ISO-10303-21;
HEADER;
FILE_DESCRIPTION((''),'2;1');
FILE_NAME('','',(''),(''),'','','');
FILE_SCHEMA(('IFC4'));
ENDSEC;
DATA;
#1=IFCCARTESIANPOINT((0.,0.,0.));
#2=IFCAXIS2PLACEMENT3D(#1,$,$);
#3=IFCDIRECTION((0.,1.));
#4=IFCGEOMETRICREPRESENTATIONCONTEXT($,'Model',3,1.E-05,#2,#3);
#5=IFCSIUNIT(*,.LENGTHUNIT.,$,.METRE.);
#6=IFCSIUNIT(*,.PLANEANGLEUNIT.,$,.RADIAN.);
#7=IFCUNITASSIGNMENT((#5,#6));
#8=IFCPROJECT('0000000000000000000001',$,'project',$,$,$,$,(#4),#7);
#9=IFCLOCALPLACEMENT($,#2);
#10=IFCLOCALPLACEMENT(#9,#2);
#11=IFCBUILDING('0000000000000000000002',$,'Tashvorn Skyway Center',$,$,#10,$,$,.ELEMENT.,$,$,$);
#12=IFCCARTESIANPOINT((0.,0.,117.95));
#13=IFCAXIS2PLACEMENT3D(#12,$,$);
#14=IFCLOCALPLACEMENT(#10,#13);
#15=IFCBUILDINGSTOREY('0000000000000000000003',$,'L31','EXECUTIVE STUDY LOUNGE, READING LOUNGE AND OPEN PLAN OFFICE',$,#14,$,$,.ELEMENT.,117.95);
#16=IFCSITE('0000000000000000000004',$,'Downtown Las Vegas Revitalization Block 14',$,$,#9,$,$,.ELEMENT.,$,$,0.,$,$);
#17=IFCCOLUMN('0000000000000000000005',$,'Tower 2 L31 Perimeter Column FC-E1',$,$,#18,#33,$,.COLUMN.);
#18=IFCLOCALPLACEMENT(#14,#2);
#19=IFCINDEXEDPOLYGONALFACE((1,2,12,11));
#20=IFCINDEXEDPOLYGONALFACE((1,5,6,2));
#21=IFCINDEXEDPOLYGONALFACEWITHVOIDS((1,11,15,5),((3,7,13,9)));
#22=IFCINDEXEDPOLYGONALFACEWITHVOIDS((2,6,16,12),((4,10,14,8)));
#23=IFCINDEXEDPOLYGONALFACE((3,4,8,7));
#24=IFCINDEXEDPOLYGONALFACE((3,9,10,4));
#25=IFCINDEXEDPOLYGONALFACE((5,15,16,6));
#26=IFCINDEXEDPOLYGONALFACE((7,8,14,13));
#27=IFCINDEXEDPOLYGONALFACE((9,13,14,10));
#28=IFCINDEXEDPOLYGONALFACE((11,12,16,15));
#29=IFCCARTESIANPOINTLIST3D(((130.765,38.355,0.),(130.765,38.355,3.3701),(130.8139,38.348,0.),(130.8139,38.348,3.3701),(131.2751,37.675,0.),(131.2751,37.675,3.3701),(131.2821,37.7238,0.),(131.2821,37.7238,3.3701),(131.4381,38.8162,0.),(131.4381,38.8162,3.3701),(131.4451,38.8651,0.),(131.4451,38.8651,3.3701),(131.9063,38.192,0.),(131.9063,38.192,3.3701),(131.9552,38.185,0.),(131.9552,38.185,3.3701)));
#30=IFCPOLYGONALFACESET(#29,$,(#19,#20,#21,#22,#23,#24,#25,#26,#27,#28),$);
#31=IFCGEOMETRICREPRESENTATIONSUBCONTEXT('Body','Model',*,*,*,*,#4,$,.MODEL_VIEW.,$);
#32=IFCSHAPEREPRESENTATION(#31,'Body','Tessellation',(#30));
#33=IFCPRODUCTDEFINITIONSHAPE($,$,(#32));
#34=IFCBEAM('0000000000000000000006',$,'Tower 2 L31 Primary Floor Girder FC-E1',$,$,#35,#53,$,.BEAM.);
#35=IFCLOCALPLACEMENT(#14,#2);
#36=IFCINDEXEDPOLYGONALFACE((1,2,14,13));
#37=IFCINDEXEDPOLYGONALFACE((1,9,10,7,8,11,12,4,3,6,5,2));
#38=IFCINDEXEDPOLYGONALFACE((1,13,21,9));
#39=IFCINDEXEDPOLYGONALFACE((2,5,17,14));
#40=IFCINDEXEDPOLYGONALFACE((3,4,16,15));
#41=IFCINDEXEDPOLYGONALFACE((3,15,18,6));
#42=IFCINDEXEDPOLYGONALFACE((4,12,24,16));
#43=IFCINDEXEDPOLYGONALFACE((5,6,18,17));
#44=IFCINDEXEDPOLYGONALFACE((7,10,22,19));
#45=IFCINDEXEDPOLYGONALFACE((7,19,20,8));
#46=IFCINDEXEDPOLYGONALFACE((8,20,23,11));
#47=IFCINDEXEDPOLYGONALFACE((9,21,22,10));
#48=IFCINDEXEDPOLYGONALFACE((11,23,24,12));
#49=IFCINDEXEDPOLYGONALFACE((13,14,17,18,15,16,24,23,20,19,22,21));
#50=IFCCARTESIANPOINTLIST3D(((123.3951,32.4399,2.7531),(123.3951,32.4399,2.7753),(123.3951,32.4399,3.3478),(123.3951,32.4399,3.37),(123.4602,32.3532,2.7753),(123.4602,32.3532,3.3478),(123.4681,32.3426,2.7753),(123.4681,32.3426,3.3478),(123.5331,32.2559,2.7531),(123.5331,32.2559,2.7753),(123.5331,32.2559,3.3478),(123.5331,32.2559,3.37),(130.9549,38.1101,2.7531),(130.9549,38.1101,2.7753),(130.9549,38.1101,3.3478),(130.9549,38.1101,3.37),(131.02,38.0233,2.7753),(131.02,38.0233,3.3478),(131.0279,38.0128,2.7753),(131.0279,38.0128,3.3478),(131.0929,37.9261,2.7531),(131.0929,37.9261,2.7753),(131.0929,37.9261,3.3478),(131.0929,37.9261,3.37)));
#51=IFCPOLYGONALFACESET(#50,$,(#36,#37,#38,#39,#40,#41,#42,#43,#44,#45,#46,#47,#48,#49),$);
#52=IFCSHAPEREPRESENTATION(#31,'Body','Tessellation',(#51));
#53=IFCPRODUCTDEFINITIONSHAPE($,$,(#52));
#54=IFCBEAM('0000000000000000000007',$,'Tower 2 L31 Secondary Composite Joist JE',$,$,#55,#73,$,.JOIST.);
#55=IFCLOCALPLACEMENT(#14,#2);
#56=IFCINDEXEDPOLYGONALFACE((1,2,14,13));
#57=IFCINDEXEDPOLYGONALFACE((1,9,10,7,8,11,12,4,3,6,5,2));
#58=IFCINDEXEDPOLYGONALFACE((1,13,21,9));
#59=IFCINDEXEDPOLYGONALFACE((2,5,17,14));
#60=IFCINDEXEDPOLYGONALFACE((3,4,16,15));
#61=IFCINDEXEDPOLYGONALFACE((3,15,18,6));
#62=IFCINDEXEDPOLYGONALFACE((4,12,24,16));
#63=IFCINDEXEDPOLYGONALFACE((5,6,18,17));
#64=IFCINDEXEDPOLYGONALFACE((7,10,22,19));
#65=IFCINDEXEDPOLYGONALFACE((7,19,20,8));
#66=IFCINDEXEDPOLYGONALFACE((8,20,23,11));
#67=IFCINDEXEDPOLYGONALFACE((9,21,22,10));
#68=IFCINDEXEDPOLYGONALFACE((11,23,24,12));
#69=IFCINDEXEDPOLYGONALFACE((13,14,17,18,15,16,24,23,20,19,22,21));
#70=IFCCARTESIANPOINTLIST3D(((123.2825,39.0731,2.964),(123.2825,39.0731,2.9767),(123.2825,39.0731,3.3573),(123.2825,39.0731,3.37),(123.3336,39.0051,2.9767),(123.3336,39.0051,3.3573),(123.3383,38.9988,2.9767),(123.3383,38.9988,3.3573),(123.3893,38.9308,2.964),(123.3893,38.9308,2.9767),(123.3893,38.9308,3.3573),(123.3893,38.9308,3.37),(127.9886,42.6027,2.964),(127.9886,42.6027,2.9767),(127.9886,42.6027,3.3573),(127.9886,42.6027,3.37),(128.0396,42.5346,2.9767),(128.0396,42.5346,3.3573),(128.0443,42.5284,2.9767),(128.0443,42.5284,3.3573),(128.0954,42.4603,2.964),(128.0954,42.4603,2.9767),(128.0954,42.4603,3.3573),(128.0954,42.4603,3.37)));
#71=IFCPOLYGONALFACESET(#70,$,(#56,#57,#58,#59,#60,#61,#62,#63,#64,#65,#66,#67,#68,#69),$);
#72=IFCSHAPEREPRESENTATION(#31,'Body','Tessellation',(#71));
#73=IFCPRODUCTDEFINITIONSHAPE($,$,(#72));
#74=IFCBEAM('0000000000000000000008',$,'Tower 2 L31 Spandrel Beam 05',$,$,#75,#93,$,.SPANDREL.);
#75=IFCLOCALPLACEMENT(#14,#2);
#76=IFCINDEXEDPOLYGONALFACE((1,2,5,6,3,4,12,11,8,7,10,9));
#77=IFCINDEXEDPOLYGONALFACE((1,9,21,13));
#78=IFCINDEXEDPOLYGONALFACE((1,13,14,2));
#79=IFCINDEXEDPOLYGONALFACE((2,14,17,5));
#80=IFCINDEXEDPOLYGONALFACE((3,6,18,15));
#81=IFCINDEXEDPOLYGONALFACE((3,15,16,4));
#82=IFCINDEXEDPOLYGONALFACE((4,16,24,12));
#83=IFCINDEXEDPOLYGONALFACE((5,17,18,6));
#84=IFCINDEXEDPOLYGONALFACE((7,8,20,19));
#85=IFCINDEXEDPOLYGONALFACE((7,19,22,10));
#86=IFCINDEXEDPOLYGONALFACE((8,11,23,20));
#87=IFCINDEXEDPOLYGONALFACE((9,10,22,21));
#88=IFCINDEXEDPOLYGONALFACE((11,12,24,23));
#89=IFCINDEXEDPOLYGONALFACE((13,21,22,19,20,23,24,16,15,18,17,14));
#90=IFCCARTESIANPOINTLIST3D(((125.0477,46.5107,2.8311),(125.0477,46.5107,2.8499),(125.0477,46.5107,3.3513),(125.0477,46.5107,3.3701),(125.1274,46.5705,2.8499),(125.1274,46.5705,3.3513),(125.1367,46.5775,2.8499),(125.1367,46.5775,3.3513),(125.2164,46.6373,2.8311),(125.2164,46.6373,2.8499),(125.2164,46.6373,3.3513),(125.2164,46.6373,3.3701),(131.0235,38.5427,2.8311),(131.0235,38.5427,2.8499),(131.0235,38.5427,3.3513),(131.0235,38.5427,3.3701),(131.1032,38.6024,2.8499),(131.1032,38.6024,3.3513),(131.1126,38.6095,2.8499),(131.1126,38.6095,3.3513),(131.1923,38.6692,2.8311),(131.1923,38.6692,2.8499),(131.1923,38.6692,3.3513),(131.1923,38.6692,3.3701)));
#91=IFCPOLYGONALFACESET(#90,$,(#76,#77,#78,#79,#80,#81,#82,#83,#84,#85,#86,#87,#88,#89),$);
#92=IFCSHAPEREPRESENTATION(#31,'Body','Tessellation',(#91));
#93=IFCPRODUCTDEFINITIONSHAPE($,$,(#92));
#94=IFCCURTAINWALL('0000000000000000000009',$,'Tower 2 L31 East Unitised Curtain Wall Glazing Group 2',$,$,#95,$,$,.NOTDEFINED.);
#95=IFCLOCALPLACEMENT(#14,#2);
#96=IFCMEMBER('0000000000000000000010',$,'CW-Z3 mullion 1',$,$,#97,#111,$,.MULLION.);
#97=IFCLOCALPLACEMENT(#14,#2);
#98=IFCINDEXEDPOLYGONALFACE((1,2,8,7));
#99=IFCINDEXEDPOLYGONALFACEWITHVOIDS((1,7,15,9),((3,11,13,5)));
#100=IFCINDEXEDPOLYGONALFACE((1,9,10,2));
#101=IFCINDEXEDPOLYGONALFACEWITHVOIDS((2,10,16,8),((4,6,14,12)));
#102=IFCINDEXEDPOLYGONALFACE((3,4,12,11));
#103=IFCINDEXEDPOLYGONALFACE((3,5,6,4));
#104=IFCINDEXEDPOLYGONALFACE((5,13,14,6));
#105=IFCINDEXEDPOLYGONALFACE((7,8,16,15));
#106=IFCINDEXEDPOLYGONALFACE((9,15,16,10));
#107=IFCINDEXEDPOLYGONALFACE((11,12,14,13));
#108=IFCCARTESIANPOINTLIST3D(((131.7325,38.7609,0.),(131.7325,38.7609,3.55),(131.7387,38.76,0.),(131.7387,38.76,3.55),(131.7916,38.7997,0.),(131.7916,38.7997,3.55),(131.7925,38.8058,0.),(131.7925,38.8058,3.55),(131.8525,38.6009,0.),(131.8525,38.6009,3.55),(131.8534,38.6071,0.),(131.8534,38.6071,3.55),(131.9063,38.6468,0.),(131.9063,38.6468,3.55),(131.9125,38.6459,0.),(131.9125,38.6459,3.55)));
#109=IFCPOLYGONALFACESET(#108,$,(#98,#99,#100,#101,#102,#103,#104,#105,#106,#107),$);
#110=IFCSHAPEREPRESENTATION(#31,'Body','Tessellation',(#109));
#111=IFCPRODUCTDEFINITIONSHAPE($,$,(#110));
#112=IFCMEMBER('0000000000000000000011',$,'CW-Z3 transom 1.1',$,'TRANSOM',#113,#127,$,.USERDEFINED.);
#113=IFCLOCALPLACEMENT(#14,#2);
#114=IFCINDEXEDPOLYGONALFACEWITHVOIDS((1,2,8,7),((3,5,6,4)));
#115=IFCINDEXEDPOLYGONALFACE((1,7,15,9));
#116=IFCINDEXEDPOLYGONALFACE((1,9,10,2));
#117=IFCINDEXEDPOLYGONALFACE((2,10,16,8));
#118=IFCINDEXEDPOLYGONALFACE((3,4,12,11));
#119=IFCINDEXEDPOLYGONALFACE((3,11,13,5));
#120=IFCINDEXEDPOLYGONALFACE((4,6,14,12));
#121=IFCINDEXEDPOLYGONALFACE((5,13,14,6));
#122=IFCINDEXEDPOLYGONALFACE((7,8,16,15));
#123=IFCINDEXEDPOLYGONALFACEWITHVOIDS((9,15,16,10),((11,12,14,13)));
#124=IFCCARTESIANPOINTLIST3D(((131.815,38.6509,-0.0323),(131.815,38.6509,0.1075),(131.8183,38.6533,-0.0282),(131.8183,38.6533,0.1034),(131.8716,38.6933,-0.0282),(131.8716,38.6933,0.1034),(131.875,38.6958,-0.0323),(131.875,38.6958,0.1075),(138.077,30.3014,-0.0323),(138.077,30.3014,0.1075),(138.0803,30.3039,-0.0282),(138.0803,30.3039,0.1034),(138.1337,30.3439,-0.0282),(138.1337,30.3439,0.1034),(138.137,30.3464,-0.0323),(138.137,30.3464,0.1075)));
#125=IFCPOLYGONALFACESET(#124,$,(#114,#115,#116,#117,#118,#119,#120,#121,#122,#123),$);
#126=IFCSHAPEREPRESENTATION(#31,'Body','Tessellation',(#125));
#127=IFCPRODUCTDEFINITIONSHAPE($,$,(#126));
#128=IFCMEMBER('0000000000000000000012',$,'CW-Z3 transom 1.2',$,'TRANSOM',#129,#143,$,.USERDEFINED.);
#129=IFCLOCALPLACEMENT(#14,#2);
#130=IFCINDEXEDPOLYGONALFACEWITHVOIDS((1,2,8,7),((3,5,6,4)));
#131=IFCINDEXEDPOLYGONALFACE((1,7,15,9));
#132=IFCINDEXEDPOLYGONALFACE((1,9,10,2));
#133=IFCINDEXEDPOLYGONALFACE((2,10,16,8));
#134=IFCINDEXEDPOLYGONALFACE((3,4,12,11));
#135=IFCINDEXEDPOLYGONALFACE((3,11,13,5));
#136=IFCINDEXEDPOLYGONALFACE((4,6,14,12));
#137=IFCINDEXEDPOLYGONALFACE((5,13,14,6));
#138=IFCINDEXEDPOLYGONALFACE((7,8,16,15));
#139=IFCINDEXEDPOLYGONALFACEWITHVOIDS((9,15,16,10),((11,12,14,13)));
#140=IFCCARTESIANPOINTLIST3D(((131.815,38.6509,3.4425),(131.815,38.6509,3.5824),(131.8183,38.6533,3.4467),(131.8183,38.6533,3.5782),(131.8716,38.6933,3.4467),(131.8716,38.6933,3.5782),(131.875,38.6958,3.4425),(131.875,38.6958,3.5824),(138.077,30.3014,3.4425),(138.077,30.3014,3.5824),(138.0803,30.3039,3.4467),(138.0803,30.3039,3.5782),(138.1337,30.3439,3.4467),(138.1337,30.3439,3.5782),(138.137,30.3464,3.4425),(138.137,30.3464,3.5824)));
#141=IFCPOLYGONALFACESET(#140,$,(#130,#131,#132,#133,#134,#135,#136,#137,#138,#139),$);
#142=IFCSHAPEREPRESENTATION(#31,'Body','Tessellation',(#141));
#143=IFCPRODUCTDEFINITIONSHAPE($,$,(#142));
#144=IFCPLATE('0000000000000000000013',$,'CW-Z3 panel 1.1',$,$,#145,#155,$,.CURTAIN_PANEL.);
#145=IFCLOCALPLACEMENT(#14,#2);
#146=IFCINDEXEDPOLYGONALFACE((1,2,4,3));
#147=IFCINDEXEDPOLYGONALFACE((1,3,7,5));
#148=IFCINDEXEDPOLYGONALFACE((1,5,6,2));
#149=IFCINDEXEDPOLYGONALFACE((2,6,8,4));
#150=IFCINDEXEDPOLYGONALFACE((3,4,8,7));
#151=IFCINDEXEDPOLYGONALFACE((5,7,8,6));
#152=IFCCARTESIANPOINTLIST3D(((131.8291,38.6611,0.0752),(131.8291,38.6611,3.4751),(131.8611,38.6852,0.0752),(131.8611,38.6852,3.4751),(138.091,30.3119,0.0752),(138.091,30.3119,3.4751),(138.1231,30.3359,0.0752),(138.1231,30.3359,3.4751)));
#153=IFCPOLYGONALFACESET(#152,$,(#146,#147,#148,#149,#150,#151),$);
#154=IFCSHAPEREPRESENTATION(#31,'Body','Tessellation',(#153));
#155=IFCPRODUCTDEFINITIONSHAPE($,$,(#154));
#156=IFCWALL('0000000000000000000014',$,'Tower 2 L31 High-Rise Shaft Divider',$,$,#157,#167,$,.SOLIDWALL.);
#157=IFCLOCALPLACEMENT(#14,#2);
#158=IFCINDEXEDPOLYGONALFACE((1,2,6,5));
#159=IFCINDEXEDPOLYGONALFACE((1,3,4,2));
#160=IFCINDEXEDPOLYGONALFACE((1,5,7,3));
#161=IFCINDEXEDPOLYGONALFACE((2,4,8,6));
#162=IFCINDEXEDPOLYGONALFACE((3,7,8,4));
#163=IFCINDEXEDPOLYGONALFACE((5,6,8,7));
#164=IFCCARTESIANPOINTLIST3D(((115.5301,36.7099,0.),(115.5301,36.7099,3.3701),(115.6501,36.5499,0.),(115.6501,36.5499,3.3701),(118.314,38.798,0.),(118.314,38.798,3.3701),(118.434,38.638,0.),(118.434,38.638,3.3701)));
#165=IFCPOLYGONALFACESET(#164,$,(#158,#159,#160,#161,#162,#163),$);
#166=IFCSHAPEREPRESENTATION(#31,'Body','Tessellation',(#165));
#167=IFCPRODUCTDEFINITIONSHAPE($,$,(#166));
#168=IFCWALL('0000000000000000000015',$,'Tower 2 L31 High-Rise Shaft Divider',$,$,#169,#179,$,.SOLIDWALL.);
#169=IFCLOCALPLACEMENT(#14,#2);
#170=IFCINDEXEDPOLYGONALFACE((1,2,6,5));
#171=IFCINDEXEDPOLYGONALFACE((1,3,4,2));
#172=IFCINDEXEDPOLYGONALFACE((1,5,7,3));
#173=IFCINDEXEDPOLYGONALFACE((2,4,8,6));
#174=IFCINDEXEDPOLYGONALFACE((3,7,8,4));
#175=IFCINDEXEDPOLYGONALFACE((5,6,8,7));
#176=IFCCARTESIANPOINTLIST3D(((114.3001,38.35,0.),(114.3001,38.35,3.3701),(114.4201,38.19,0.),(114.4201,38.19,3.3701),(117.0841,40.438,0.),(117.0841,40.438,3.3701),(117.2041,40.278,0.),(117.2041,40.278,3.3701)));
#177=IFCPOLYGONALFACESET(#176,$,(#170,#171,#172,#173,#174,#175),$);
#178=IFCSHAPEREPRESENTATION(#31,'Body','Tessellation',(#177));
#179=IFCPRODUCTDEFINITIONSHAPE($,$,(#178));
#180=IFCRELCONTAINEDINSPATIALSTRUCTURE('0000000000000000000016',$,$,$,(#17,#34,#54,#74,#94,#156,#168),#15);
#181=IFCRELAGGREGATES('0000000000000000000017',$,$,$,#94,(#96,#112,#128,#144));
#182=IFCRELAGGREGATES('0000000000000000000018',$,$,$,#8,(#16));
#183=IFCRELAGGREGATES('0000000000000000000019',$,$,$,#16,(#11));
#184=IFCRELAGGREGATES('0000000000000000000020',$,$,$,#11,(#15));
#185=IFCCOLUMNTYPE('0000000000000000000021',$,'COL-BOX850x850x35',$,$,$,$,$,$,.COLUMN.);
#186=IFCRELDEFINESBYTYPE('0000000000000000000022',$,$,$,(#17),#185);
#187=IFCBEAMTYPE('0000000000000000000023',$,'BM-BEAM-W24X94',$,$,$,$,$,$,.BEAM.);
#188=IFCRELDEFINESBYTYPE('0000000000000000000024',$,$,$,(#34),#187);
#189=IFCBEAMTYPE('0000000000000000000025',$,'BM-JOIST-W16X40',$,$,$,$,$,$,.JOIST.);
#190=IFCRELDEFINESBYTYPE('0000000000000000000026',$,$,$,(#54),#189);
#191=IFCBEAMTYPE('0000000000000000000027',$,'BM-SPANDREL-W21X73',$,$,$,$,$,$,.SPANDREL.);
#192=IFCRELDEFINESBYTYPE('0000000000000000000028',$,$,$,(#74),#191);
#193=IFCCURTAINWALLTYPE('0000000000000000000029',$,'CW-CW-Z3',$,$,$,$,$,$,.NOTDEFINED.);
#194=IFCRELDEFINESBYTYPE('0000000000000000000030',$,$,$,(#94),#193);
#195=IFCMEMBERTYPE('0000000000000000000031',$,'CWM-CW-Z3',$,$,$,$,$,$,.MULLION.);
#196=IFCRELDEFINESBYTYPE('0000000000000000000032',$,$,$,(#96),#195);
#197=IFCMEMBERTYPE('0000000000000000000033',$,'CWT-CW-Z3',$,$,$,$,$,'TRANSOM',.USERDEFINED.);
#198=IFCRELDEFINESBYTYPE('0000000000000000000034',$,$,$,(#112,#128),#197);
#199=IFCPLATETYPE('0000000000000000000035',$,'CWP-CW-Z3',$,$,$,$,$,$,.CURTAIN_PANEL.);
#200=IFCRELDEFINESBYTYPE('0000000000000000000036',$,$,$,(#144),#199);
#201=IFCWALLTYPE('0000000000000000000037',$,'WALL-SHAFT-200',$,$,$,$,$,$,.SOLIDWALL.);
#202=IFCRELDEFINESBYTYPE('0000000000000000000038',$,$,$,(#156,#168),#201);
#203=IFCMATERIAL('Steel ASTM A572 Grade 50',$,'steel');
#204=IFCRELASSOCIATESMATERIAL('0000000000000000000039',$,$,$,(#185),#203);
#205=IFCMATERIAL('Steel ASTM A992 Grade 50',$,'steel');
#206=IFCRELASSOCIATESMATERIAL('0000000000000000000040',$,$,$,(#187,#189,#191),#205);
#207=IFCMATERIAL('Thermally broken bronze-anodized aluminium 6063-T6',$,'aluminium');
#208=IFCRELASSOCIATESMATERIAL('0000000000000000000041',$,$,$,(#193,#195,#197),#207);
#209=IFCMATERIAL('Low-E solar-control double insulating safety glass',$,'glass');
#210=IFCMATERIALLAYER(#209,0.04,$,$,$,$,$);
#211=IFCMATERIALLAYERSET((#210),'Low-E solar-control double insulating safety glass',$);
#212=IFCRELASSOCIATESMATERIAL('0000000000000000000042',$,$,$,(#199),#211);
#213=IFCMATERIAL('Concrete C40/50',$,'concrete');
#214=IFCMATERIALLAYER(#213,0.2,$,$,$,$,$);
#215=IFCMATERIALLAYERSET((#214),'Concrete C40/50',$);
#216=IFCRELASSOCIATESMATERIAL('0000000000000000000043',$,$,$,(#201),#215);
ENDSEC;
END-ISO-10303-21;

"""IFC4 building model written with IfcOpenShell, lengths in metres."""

from ifc_helpers import new_model, si_unit, direction, frame, frame_2d, origin, origin_2d, place, context, subcontext, project, spatial, rectangle, hollow_rectangle, i_section, extrude, material, layer, layer_set, material_profile, profile_set, type_object, element, aggregate, save


model = new_model("IFC4")

# Units and contexts
model_context = context("Model", 3, precision=1e-05, world=origin(), true_north=direction((0.0, 1.0)))
body_context = subcontext(model_context, "Body", "Model", "MODEL_VIEW")
ifc_project = project(units=[si_unit("LENGTHUNIT", "METRE"), si_unit("PLANEANGLEUNIT", "RADIAN")], contexts=[model_context])

# Site, building, storey
site_placement = place(None, origin())
site = spatial("IfcSite", under=ifc_project, at=site_placement, Name="Downtown Las Vegas Revitalization Block 14", CompositionType="ELEMENT", RefElevation=0.0)
building_placement = place(site_placement, origin())
building = spatial("IfcBuilding", under=site, at=building_placement, Name="Tashvorn Skyway Center", CompositionType="ELEMENT")
storey_placement = place(building_placement, frame((0.0, 0.0, 117.95)))
storey = spatial("IfcBuildingStorey", under=building, at=storey_placement, Name="L31", Description="EXECUTIVE STUDY LOUNGE, READING LOUNGE AND OPEN PLAN OFFICE", CompositionType="ELEMENT", Elevation=117.95)

# Column
ifc_material_1 = material(Name="Steel ASTM A572 Grade 50", Category="steel")
ifc_material_profile_1 = material_profile(ifc_material_1, hollow_rectangle(XDim=0.8501, YDim=0.8501, WallThickness=0.0349, at=origin_2d()), Name="BOX850x850x35")
ifc_profile_set_1 = profile_set([ifc_material_profile_1], Name="Steel ASTM A572 Grade 50")
column_type = type_object("IfcColumnType", Name="COL-BOX850x850x35", PredefinedType="COLUMN", material=ifc_profile_set_1)
column_placement = place(storey_placement, frame((131.3601, 38.27, 0.0), z_axis=(0.0, 0.0, 1.0), x_axis=(0.8, 0.6, 0.0)))
element("IfcColumn", 1, at=column_placement, inside=storey, type_object=column_type, Name="Tower 2 L31 Perimeter Column FC-E1", PredefinedType="COLUMN", context=body_context, shape_type="SweptSolid", body=[
    extrude(hollow_rectangle(XDim=0.8501, YDim=0.8501, WallThickness=0.0349, at=origin_2d()), origin(), (0.0, 0.0, 1.0), 3.3701),
])

# Beams
ifc_material_2 = material(Name="Steel ASTM A992 Grade 50", Category="steel")
ifc_material_profile_2 = material_profile(ifc_material_2, i_section(OverallWidth=0.23, OverallDepth=0.6169, WebThickness=0.0132, FlangeThickness=0.0222, at=origin_2d()), Name="W24X94")
ifc_profile_set_2 = profile_set([ifc_material_profile_2], Name="Steel ASTM A992 Grade 50")
beam_type_1 = type_object("IfcBeamType", Name="BM-BEAM-W24X94", PredefinedType="BEAM", material=ifc_profile_set_2)
beam_1_placement = place(storey_placement, frame((131.0239, 38.0181, 3.0615), z_axis=(-0.799984, -0.600021, 0.0), x_axis=(0.600021, -0.799984, 0.0)))
element("IfcBeam", 2, at=beam_1_placement, inside=storey, type_object=beam_type_1, Name="Tower 2 L31 Primary Floor Girder FC-E1", PredefinedType="BEAM", context=body_context, shape_type="SweptSolid", body=[
    extrude(i_section(OverallWidth=0.23, OverallDepth=0.6169, WebThickness=0.0132, FlangeThickness=0.0222, at=origin_2d()), origin(), (0.0, 0.0, 1.0), 9.45),
])
ifc_material_profile_3 = material_profile(ifc_material_2, i_section(OverallWidth=0.178, OverallDepth=0.406, WebThickness=0.0078, FlangeThickness=0.0127, at=origin_2d()), Name="W16X40")
ifc_profile_set_3 = profile_set([ifc_material_profile_3], Name="Steel ASTM A992 Grade 50")
beam_type_2 = type_object("IfcBeamType", Name="BM-JOIST-W16X40", PredefinedType="JOIST", material=ifc_profile_set_3)
beam_2_placement = place(storey_placement, frame((123.3359, 39.002, 3.167), z_axis=(0.8, 0.6, 0.0), x_axis=(-0.6, 0.8, 0.0)))
element("IfcBeam", 3, at=beam_2_placement, inside=storey, type_object=beam_type_2, Name="Tower 2 L31 Secondary Composite Joist JE", PredefinedType="JOIST", context=body_context, shape_type="SweptSolid", body=[
    extrude(i_section(OverallWidth=0.178, OverallDepth=0.406, WebThickness=0.0078, FlangeThickness=0.0127, at=origin_2d()), origin(), (0.0, 0.0, 1.0), 5.8826),
])
ifc_material_profile_4 = material_profile(ifc_material_2, i_section(OverallWidth=0.2109, OverallDepth=0.5391, WebThickness=0.0117, FlangeThickness=0.0188, at=origin_2d()), Name="W21X73")
ifc_profile_set_4 = profile_set([ifc_material_profile_4], Name="Steel ASTM A992 Grade 50")
beam_type_3 = type_object("IfcBeamType", Name="BM-SPANDREL-W21X73", PredefinedType="SPANDREL", material=ifc_profile_set_4)
beam_3_placement = place(storey_placement, frame((131.1079, 38.606, 3.1006), z_axis=(-0.599988, 0.800009, 0.0), x_axis=(-0.800009, -0.599988, 0.0)))
element("IfcBeam", 4, at=beam_3_placement, inside=storey, type_object=beam_type_3, Name="Tower 2 L31 Spandrel Beam 05", PredefinedType="SPANDREL", context=body_context, shape_type="SweptSolid", body=[
    extrude(i_section(OverallWidth=0.2109, OverallDepth=0.5391, WebThickness=0.0117, FlangeThickness=0.0188, at=origin_2d()), origin(), (0.0, 0.0, 1.0), 9.96),
])

# Curtain wall, members, plate
ifc_material_3 = material(Name="Thermally broken bronze-anodized aluminium 6063-T6", Category="aluminium")
curtain_wall_type = type_object("IfcCurtainWallType", Name="CW-CW-Z3", PredefinedType="NOTDEFINED", material=ifc_material_3)
curtain_wall_placement = place(storey_placement, origin())
curtain_wall = element("IfcCurtainWall", 5, at=curtain_wall_placement, inside=storey, type_object=curtain_wall_type, Name="Tower 2 L31 East Unitised Curtain Wall Glazing Group 2", PredefinedType="NOTDEFINED")
ifc_material_profile_5 = material_profile(ifc_material_3, hollow_rectangle(XDim=0.075, YDim=0.2, WallThickness=0.0044, at=origin_2d()), Name="ALU-MULL-75x200")
ifc_profile_set_5 = profile_set([ifc_material_profile_5], Name="Thermally broken bronze-anodized aluminium 6063-T6")
member_type_1 = type_object("IfcMemberType", Name="CWM-CW-Z3", PredefinedType="MULLION", material=ifc_profile_set_5)
member_1_placement = place(storey_placement, frame((131.8225, 38.7034, 0.0), z_axis=(0.0, 0.0, 1.0), x_axis=(0.799999, 0.600002, 0.0)))
member_1 = element("IfcMember", 6, at=member_1_placement, type_object=member_type_1, Name="CW-Z3 mullion 1", PredefinedType="MULLION", context=body_context, shape_type="SweptSolid", body=[
    extrude(hollow_rectangle(XDim=0.075, YDim=0.2, WallThickness=0.0044, at=origin_2d()), origin(), (0.0, 0.0, 1.0), 3.55),
])
ifc_material_profile_6 = material_profile(ifc_material_3, hollow_rectangle(XDim=0.075, YDim=0.1399, WallThickness=0.0042, at=origin_2d()), Name="ALU-TRAN-75x140")
ifc_profile_set_6 = profile_set([ifc_material_profile_6], Name="Thermally broken bronze-anodized aluminium 6063-T6")
member_type_2 = type_object("IfcMemberType", Name="CWT-CW-Z3", ElementType="TRANSOM", PredefinedType="USERDEFINED", material=ifc_profile_set_6)
member_2_placement = place(storey_placement, frame((131.845, 38.6733, 0.0376), z_axis=(0.599996, -0.800003, 0.0), x_axis=(0.800003, 0.599996, 0.0)))
member_2 = element("IfcMember", 7, at=member_2_placement, type_object=member_type_2, Name="CW-Z3 transom 1.1", ObjectType="TRANSOM", PredefinedType="USERDEFINED", context=body_context, shape_type="SweptSolid", body=[
    extrude(hollow_rectangle(XDim=0.075, YDim=0.1399, WallThickness=0.0042, at=origin_2d()), origin(), (0.0, 0.0, 1.0), 10.4368),
])
member_3_placement = place(storey_placement, frame((131.845, 38.6733, 3.5125), z_axis=(0.599996, -0.800003, 0.0), x_axis=(0.800003, 0.599996, 0.0)))
member_3 = element("IfcMember", 8, at=member_3_placement, type_object=member_type_2, Name="CW-Z3 transom 1.2", ObjectType="TRANSOM", PredefinedType="USERDEFINED", context=body_context, shape_type="SweptSolid", body=[
    extrude(hollow_rectangle(XDim=0.075, YDim=0.1399, WallThickness=0.0042, at=origin_2d()), origin(), (0.0, 0.0, 1.0), 10.4368),
])
ifc_material_4 = material(Name="Low-E solar-control double insulating safety glass", Category="glass")
ifc_layer_1 = layer(ifc_material_4, 0.04)
ifc_layer_set_1 = layer_set([ifc_layer_1], Name="Low-E solar-control double insulating safety glass")
plate_type = type_object("IfcPlateType", Name="CWP-CW-Z3", PredefinedType="CURTAIN_PANEL", material=ifc_layer_set_1)
plate_placement = place(storey_placement, frame((134.9761, 34.4985, 0.0752), z_axis=(0.0, 0.0, 1.0), x_axis=(0.600002, -0.799999, 0.0)))
plate = element("IfcPlate", 9, at=plate_placement, type_object=plate_type, Name="CW-Z3 panel 1.1", PredefinedType="CURTAIN_PANEL", context=body_context, shape_type="SweptSolid", body=[
    extrude(rectangle(XDim=10.4365, YDim=0.04, at=origin_2d()), origin(), (0.0, 0.0, 1.0), 3.3999),
])
aggregate(curtain_wall, [member_1, member_2, member_3, plate])

# Walls
ifc_material_5 = material(Name="Concrete C40/50", Category="concrete")
ifc_layer_2 = layer(ifc_material_5, 0.2)
ifc_layer_set_2 = layer_set([ifc_layer_2], Name="Concrete C40/50")
wall_type_1 = type_object("IfcWallType", Name="WALL-SHAFT-200", PredefinedType="SOLIDWALL", material=ifc_layer_set_2)
for number, where, z_axis, x_axis, name in (
    (10, (115.5901, 36.6299, 0.0), (0.0, 0.0, 1.0), (0.799975, 0.600034, 0.0), "Tower 2 L31 High-Rise Shaft Divider"),
    (11, (114.3601, 38.27, 0.0), (0.0, 0.0, 1.0), (0.800008, 0.599989, 0.0), "Tower 2 L31 High-Rise Shaft Divider"),
):
    element("IfcWall", number, at=place(storey_placement, frame(where, z_axis=z_axis, x_axis=x_axis)), inside=storey, type_object=wall_type_1, Name=name, PredefinedType="SOLIDWALL", context=body_context, shape_type="SweptSolid", body=[
        extrude(rectangle(XDim=3.48, YDim=0.2, at=frame_2d((1.74, 0.0))), origin(), (0.0, 0.0, 1.0), 3.3701),
    ])

save(model, "model.ifc")
